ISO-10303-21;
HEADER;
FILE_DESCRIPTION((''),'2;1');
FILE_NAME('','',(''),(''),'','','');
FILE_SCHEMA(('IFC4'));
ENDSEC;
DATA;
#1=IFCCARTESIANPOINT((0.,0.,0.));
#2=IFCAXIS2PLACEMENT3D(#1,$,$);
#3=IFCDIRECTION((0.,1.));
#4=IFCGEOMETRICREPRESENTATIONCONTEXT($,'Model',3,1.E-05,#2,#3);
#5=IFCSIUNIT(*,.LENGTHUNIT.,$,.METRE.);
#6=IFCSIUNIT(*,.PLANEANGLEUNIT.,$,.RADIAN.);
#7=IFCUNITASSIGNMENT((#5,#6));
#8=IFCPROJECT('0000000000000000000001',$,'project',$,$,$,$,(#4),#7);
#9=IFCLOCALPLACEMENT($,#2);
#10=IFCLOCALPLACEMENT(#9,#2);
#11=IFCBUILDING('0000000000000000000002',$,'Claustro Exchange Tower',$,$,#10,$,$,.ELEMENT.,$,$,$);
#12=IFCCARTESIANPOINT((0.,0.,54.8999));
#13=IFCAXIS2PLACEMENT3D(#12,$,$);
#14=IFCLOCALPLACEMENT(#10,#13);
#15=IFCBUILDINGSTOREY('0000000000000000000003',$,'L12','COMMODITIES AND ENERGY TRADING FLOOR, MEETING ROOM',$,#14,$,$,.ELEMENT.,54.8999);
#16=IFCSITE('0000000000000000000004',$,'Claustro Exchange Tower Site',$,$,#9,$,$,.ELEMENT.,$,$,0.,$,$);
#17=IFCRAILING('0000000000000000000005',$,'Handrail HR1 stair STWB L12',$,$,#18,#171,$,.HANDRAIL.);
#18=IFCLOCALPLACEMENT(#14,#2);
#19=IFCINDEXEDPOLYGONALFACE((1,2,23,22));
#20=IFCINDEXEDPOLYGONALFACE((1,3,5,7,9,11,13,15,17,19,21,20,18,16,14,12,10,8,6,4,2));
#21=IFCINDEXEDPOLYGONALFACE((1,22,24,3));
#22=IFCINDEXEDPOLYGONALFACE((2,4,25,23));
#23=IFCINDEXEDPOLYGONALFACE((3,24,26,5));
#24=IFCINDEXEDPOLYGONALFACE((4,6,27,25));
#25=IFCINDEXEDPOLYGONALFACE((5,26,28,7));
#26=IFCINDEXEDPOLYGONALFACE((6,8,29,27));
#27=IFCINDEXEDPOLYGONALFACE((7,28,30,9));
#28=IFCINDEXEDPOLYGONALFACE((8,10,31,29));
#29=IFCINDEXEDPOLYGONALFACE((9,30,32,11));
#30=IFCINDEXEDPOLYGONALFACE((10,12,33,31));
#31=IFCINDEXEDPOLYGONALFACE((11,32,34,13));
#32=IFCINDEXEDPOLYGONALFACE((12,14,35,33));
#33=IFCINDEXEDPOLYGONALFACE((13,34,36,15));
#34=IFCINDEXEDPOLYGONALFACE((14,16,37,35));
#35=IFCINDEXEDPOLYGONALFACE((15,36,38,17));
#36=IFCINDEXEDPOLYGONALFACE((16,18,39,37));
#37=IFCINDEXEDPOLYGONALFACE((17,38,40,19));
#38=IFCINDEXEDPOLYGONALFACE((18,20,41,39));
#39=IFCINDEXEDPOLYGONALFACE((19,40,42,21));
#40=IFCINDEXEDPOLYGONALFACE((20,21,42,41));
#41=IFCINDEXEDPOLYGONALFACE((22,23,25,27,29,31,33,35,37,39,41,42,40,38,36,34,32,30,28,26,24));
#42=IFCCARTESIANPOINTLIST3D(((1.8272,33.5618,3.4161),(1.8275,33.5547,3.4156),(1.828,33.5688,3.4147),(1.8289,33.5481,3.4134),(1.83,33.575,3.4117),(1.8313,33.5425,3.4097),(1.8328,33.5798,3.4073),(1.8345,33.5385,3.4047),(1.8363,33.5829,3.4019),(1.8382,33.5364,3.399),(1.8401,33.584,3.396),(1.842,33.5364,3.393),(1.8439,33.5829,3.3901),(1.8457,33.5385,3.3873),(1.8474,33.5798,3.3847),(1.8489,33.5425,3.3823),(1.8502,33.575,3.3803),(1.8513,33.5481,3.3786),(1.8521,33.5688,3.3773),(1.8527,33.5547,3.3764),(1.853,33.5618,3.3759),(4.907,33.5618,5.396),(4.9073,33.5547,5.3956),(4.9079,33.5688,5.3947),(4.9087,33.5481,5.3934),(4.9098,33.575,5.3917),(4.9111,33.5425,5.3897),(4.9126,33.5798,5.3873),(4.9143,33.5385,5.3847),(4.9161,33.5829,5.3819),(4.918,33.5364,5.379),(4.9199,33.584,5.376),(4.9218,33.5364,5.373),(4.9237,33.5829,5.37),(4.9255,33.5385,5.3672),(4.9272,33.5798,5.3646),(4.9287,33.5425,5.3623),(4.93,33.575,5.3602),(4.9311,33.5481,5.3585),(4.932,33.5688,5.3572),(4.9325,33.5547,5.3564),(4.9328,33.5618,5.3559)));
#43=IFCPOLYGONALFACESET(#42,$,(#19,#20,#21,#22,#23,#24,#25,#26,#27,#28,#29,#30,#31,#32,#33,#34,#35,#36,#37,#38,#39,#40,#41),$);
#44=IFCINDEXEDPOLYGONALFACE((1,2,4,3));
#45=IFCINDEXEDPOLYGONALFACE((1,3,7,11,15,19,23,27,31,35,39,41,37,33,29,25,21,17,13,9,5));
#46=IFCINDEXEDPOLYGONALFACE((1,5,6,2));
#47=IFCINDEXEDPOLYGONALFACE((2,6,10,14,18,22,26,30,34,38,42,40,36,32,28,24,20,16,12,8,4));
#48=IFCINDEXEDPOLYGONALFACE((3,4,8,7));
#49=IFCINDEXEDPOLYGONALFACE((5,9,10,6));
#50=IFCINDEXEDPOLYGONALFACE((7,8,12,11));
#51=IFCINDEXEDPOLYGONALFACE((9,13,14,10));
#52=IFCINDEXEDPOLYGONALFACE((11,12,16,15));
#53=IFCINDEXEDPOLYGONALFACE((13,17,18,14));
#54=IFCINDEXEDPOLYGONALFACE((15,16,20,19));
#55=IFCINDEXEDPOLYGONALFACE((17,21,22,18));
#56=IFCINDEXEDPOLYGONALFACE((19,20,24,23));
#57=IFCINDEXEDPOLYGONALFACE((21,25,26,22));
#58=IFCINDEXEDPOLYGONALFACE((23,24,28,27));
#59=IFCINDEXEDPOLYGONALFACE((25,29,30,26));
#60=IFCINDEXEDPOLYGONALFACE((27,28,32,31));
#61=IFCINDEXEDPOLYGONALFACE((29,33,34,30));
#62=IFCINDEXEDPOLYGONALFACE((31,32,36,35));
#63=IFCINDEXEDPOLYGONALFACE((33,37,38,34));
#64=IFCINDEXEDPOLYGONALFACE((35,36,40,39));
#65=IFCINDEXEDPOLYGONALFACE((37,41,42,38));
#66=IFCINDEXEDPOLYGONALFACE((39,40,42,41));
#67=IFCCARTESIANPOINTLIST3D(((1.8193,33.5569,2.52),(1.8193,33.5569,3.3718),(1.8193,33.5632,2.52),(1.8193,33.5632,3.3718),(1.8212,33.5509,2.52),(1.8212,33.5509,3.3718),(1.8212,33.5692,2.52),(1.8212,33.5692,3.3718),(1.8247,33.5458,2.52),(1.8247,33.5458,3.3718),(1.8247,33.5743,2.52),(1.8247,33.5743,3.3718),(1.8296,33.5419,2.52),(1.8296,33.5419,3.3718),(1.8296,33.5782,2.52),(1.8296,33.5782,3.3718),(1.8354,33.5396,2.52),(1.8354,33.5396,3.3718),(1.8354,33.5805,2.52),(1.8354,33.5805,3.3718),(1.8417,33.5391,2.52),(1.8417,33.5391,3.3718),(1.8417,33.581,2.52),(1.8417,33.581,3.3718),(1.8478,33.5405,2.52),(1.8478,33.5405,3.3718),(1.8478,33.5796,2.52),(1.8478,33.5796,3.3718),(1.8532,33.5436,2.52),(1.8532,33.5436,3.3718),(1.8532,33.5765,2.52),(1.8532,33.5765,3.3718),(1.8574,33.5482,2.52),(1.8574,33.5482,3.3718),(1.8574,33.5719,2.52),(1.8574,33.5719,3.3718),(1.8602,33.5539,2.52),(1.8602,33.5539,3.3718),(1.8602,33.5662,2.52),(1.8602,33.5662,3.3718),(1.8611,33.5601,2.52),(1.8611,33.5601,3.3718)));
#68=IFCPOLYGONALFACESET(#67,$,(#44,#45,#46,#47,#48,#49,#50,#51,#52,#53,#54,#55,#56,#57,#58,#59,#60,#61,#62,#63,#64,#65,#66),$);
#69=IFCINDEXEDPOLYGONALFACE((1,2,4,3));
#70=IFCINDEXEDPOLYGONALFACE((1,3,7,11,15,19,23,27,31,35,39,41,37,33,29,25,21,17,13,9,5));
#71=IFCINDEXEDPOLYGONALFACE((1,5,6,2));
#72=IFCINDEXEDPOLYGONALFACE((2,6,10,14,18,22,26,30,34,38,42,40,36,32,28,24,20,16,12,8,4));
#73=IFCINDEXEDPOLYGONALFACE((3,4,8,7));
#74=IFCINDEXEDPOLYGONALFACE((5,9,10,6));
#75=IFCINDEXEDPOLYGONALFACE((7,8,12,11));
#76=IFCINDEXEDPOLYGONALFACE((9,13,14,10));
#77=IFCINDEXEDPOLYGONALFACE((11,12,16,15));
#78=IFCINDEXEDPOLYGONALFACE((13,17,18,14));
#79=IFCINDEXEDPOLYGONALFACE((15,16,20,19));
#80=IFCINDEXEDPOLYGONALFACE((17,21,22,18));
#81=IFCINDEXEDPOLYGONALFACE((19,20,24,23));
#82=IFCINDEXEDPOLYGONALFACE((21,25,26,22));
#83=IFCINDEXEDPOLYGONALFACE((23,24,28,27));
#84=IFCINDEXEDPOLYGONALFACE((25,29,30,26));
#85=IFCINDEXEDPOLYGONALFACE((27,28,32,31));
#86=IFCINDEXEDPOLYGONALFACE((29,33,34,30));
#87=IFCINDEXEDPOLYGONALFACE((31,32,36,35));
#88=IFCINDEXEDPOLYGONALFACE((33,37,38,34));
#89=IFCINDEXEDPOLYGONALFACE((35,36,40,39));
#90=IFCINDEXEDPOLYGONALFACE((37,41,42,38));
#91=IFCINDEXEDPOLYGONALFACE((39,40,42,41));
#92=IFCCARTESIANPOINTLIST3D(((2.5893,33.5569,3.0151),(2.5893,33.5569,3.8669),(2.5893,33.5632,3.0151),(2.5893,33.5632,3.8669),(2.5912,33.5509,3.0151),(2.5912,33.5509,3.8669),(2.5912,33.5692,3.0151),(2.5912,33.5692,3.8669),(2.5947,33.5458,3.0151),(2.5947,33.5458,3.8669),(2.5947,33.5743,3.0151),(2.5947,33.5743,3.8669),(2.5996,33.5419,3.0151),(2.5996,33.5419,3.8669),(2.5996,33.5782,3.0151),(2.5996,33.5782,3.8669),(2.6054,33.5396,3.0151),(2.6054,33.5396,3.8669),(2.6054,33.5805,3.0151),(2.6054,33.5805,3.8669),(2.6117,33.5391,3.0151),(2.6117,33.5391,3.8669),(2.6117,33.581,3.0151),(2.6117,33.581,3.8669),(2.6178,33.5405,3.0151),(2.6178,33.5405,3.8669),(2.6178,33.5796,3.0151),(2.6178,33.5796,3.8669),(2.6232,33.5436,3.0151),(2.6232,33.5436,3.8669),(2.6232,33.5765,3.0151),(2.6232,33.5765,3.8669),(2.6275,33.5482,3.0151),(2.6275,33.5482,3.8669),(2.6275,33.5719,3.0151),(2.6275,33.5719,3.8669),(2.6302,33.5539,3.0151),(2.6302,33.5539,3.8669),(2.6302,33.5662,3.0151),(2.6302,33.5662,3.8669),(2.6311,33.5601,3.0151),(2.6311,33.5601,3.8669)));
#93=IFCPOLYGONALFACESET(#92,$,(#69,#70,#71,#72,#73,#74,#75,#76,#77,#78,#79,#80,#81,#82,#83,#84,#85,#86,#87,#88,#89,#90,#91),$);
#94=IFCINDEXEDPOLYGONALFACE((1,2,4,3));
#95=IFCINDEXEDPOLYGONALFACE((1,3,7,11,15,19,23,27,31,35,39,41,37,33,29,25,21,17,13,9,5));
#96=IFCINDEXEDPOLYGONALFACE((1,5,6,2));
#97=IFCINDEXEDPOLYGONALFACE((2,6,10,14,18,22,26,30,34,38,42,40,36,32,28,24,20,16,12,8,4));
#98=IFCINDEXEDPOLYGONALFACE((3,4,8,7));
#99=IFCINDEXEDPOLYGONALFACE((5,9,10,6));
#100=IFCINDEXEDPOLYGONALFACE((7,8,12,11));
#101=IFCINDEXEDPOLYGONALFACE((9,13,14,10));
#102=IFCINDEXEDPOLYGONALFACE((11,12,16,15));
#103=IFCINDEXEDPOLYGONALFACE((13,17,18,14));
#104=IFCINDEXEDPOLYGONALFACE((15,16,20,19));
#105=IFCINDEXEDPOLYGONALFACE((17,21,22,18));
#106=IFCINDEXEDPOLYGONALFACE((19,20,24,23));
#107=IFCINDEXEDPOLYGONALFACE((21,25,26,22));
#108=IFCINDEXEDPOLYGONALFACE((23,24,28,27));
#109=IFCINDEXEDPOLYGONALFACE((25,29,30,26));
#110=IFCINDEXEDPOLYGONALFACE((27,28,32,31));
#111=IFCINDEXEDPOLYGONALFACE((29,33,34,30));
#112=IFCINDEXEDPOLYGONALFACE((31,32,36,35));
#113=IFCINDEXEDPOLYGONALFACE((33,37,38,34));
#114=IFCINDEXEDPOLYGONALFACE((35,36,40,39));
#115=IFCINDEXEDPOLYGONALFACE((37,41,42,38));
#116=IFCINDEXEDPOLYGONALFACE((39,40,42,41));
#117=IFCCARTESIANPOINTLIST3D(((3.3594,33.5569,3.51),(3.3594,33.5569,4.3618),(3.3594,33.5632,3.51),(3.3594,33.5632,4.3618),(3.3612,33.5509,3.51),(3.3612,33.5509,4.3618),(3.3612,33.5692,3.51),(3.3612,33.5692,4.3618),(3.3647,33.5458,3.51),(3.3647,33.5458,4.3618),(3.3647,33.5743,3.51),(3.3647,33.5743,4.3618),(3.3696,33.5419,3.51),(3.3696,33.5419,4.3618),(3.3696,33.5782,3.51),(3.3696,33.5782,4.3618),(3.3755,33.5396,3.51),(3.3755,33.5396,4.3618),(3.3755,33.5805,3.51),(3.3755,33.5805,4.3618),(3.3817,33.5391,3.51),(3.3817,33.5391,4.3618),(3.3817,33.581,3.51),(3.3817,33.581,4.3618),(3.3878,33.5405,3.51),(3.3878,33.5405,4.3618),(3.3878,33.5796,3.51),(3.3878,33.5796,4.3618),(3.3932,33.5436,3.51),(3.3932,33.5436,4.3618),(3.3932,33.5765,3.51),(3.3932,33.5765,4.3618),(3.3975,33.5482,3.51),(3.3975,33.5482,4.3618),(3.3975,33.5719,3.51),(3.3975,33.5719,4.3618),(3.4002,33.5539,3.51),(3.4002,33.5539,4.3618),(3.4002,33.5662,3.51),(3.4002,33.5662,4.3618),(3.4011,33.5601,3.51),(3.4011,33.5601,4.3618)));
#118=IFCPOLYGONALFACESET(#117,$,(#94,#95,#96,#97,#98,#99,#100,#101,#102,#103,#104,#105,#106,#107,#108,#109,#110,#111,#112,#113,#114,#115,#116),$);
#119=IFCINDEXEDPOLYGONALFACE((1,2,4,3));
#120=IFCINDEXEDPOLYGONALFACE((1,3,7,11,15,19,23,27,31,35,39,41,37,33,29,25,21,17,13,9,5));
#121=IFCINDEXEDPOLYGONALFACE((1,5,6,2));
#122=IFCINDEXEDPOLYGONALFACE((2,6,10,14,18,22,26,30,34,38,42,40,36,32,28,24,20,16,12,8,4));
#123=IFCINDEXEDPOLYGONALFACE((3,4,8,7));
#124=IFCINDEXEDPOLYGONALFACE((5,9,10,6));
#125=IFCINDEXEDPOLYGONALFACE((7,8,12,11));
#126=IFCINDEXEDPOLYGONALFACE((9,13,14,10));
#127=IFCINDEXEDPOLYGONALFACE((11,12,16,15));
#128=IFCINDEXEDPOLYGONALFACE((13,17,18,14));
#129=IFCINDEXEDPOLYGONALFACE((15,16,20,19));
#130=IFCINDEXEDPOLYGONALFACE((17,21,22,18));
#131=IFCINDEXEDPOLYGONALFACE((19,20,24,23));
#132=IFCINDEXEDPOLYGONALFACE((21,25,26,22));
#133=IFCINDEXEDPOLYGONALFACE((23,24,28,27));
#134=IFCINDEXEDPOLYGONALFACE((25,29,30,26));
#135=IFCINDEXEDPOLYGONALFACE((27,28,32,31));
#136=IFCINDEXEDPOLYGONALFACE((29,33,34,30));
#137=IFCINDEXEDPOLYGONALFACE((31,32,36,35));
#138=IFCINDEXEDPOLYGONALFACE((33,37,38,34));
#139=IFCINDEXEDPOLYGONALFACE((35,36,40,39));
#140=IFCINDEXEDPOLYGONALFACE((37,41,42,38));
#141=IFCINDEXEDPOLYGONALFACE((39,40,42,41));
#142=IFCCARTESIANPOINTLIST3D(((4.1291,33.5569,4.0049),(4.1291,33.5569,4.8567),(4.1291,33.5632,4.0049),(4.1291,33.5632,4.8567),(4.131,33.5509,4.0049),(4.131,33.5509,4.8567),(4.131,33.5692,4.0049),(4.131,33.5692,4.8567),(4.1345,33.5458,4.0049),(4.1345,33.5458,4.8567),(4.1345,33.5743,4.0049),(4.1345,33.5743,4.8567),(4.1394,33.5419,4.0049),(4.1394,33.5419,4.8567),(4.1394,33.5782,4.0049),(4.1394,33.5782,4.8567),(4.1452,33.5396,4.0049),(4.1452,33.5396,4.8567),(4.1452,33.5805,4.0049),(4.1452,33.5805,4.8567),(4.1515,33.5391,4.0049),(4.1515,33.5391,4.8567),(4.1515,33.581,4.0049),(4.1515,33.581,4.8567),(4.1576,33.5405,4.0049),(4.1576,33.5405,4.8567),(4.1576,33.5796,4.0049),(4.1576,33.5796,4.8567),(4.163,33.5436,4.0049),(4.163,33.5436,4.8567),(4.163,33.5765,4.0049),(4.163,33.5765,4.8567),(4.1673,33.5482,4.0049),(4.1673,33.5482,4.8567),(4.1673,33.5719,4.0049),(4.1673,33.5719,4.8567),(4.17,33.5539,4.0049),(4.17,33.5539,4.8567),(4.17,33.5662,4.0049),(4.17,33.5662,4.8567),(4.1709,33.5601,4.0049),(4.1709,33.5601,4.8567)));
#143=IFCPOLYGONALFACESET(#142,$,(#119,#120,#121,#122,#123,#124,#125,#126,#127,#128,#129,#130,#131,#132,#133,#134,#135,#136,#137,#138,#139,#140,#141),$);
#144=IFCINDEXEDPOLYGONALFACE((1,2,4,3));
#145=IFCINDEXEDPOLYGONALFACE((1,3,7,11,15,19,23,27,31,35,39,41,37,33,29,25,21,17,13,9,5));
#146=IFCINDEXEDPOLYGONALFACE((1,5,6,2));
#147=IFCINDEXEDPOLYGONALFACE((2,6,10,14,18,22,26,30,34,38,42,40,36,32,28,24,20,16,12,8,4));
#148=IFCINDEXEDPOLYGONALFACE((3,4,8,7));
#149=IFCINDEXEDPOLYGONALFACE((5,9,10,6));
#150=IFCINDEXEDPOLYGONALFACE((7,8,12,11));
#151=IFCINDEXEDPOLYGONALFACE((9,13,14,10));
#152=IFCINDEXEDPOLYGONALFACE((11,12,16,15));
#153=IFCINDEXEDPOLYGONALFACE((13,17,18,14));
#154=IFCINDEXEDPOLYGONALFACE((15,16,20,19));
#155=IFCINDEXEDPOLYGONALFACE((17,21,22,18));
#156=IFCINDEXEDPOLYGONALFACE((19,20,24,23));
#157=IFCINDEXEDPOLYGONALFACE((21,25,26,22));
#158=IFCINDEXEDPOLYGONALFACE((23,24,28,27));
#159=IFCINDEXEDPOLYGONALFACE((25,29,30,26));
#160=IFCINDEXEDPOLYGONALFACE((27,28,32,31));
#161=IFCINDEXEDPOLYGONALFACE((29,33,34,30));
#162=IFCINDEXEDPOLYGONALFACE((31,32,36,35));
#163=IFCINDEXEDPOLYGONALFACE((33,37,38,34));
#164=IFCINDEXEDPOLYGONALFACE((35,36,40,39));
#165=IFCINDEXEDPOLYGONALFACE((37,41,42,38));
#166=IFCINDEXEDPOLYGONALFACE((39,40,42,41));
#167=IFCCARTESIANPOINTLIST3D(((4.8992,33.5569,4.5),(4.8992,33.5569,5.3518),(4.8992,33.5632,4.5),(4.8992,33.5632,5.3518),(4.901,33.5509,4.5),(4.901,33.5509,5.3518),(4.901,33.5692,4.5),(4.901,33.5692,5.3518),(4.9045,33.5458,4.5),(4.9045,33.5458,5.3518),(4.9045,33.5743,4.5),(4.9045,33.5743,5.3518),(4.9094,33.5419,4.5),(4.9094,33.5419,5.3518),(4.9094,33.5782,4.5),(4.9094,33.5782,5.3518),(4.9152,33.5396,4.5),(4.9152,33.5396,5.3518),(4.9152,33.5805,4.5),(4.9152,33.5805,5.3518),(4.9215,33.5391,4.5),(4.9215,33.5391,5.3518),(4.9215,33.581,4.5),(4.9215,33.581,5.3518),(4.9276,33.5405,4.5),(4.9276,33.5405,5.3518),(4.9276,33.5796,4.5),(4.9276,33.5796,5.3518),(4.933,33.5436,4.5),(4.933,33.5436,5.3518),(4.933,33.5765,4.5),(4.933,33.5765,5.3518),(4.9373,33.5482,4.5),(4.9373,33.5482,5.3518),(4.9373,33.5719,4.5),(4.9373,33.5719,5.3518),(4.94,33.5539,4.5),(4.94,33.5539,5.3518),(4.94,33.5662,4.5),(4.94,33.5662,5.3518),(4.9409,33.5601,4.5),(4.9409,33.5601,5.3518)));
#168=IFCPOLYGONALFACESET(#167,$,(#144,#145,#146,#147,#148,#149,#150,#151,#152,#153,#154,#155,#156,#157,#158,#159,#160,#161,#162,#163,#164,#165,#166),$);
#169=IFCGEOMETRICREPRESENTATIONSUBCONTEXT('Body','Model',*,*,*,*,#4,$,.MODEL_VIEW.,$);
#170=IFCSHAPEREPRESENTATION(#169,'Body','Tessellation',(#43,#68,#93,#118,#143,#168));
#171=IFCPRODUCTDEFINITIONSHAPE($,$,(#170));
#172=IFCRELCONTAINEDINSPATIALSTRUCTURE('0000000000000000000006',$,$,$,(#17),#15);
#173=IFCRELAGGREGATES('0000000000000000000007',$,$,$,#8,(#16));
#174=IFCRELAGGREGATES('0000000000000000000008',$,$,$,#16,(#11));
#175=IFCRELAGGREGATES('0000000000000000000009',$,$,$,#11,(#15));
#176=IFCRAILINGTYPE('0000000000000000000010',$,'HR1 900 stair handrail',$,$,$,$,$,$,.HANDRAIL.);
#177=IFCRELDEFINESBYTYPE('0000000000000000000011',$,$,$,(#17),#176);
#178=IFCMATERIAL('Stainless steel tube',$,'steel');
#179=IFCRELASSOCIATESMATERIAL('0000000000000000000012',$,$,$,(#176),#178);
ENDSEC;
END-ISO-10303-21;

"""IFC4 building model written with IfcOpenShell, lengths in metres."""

from ifc_helpers import new_model, si_unit, direction, frame, origin, origin_2d, place, context, subcontext, project, spatial, circle, extrude, material, type_object, element, save


model = new_model("IFC4")

# Units and contexts
model_context = context("Model", 3, precision=1e-05, world=origin(), true_north=direction((0.0, 1.0)))
body_context = subcontext(model_context, "Body", "Model", "MODEL_VIEW")
ifc_project = project(units=[si_unit("LENGTHUNIT", "METRE"), si_unit("PLANEANGLEUNIT", "RADIAN")], contexts=[model_context])

# Site, building, storey
site_placement = place(None, origin())
site = spatial("IfcSite", under=ifc_project, at=site_placement, Name="Claustro Exchange Tower Site", CompositionType="ELEMENT", RefElevation=0.0)
building_placement = place(site_placement, origin())
building = spatial("IfcBuilding", under=site, at=building_placement, Name="Claustro Exchange Tower", CompositionType="ELEMENT")
storey_placement = place(building_placement, frame((0.0, 0.0, 54.8999)))
storey = spatial("IfcBuildingStorey", under=building, at=storey_placement, Name="L12", Description="COMMODITIES AND ENERGY TRADING FLOOR, MEETING ROOM", CompositionType="ELEMENT", Elevation=54.8999)

# Railing
ifc_material_1 = material(Name="Stainless steel tube", Category="steel")
railing_type_1 = type_object("IfcRailingType", Name="HR1 900 stair handrail", PredefinedType="HANDRAIL", material=ifc_material_1)
railing_1_placement = place(storey_placement, frame((1.8401, 33.5601, 2.52)))
element("IfcRailing", 1, at=railing_1_placement, inside=storey, type_object=railing_type_1, Name="Handrail HR1 stair STWB L12", PredefinedType="HANDRAIL", context=body_context, shape_type="SweptSolid", body=[
    extrude(circle(Radius=0.0239, at=origin_2d()), frame((0.0, 0.0, 0.876), z_axis=(0.841168, 0.0, 0.540774), x_axis=(0.0, 1.0, 0.0)), (0.0, 0.0, 1.0), 3.6614),
    extrude(circle(Radius=0.021, at=origin_2d()), origin(), (0.0, 0.0, 1.0), 0.8518),
    extrude(circle(Radius=0.021, at=origin_2d()), frame((0.77, 0.0, 0.4951)), (0.0, 0.0, 1.0), 0.8518),
    extrude(circle(Radius=0.021, at=origin_2d()), frame((1.54, 0.0, 0.99)), (0.0, 0.0, 1.0), 0.8518),
    extrude(circle(Radius=0.021, at=origin_2d()), frame((2.3098, 0.0, 1.4849)), (0.0, 0.0, 1.0), 0.8518),
    extrude(circle(Radius=0.021, at=origin_2d()), frame((3.0798, 0.0, 1.98)), (0.0, 0.0, 1.0), 0.8518),
])

save(model, "model.ifc")
